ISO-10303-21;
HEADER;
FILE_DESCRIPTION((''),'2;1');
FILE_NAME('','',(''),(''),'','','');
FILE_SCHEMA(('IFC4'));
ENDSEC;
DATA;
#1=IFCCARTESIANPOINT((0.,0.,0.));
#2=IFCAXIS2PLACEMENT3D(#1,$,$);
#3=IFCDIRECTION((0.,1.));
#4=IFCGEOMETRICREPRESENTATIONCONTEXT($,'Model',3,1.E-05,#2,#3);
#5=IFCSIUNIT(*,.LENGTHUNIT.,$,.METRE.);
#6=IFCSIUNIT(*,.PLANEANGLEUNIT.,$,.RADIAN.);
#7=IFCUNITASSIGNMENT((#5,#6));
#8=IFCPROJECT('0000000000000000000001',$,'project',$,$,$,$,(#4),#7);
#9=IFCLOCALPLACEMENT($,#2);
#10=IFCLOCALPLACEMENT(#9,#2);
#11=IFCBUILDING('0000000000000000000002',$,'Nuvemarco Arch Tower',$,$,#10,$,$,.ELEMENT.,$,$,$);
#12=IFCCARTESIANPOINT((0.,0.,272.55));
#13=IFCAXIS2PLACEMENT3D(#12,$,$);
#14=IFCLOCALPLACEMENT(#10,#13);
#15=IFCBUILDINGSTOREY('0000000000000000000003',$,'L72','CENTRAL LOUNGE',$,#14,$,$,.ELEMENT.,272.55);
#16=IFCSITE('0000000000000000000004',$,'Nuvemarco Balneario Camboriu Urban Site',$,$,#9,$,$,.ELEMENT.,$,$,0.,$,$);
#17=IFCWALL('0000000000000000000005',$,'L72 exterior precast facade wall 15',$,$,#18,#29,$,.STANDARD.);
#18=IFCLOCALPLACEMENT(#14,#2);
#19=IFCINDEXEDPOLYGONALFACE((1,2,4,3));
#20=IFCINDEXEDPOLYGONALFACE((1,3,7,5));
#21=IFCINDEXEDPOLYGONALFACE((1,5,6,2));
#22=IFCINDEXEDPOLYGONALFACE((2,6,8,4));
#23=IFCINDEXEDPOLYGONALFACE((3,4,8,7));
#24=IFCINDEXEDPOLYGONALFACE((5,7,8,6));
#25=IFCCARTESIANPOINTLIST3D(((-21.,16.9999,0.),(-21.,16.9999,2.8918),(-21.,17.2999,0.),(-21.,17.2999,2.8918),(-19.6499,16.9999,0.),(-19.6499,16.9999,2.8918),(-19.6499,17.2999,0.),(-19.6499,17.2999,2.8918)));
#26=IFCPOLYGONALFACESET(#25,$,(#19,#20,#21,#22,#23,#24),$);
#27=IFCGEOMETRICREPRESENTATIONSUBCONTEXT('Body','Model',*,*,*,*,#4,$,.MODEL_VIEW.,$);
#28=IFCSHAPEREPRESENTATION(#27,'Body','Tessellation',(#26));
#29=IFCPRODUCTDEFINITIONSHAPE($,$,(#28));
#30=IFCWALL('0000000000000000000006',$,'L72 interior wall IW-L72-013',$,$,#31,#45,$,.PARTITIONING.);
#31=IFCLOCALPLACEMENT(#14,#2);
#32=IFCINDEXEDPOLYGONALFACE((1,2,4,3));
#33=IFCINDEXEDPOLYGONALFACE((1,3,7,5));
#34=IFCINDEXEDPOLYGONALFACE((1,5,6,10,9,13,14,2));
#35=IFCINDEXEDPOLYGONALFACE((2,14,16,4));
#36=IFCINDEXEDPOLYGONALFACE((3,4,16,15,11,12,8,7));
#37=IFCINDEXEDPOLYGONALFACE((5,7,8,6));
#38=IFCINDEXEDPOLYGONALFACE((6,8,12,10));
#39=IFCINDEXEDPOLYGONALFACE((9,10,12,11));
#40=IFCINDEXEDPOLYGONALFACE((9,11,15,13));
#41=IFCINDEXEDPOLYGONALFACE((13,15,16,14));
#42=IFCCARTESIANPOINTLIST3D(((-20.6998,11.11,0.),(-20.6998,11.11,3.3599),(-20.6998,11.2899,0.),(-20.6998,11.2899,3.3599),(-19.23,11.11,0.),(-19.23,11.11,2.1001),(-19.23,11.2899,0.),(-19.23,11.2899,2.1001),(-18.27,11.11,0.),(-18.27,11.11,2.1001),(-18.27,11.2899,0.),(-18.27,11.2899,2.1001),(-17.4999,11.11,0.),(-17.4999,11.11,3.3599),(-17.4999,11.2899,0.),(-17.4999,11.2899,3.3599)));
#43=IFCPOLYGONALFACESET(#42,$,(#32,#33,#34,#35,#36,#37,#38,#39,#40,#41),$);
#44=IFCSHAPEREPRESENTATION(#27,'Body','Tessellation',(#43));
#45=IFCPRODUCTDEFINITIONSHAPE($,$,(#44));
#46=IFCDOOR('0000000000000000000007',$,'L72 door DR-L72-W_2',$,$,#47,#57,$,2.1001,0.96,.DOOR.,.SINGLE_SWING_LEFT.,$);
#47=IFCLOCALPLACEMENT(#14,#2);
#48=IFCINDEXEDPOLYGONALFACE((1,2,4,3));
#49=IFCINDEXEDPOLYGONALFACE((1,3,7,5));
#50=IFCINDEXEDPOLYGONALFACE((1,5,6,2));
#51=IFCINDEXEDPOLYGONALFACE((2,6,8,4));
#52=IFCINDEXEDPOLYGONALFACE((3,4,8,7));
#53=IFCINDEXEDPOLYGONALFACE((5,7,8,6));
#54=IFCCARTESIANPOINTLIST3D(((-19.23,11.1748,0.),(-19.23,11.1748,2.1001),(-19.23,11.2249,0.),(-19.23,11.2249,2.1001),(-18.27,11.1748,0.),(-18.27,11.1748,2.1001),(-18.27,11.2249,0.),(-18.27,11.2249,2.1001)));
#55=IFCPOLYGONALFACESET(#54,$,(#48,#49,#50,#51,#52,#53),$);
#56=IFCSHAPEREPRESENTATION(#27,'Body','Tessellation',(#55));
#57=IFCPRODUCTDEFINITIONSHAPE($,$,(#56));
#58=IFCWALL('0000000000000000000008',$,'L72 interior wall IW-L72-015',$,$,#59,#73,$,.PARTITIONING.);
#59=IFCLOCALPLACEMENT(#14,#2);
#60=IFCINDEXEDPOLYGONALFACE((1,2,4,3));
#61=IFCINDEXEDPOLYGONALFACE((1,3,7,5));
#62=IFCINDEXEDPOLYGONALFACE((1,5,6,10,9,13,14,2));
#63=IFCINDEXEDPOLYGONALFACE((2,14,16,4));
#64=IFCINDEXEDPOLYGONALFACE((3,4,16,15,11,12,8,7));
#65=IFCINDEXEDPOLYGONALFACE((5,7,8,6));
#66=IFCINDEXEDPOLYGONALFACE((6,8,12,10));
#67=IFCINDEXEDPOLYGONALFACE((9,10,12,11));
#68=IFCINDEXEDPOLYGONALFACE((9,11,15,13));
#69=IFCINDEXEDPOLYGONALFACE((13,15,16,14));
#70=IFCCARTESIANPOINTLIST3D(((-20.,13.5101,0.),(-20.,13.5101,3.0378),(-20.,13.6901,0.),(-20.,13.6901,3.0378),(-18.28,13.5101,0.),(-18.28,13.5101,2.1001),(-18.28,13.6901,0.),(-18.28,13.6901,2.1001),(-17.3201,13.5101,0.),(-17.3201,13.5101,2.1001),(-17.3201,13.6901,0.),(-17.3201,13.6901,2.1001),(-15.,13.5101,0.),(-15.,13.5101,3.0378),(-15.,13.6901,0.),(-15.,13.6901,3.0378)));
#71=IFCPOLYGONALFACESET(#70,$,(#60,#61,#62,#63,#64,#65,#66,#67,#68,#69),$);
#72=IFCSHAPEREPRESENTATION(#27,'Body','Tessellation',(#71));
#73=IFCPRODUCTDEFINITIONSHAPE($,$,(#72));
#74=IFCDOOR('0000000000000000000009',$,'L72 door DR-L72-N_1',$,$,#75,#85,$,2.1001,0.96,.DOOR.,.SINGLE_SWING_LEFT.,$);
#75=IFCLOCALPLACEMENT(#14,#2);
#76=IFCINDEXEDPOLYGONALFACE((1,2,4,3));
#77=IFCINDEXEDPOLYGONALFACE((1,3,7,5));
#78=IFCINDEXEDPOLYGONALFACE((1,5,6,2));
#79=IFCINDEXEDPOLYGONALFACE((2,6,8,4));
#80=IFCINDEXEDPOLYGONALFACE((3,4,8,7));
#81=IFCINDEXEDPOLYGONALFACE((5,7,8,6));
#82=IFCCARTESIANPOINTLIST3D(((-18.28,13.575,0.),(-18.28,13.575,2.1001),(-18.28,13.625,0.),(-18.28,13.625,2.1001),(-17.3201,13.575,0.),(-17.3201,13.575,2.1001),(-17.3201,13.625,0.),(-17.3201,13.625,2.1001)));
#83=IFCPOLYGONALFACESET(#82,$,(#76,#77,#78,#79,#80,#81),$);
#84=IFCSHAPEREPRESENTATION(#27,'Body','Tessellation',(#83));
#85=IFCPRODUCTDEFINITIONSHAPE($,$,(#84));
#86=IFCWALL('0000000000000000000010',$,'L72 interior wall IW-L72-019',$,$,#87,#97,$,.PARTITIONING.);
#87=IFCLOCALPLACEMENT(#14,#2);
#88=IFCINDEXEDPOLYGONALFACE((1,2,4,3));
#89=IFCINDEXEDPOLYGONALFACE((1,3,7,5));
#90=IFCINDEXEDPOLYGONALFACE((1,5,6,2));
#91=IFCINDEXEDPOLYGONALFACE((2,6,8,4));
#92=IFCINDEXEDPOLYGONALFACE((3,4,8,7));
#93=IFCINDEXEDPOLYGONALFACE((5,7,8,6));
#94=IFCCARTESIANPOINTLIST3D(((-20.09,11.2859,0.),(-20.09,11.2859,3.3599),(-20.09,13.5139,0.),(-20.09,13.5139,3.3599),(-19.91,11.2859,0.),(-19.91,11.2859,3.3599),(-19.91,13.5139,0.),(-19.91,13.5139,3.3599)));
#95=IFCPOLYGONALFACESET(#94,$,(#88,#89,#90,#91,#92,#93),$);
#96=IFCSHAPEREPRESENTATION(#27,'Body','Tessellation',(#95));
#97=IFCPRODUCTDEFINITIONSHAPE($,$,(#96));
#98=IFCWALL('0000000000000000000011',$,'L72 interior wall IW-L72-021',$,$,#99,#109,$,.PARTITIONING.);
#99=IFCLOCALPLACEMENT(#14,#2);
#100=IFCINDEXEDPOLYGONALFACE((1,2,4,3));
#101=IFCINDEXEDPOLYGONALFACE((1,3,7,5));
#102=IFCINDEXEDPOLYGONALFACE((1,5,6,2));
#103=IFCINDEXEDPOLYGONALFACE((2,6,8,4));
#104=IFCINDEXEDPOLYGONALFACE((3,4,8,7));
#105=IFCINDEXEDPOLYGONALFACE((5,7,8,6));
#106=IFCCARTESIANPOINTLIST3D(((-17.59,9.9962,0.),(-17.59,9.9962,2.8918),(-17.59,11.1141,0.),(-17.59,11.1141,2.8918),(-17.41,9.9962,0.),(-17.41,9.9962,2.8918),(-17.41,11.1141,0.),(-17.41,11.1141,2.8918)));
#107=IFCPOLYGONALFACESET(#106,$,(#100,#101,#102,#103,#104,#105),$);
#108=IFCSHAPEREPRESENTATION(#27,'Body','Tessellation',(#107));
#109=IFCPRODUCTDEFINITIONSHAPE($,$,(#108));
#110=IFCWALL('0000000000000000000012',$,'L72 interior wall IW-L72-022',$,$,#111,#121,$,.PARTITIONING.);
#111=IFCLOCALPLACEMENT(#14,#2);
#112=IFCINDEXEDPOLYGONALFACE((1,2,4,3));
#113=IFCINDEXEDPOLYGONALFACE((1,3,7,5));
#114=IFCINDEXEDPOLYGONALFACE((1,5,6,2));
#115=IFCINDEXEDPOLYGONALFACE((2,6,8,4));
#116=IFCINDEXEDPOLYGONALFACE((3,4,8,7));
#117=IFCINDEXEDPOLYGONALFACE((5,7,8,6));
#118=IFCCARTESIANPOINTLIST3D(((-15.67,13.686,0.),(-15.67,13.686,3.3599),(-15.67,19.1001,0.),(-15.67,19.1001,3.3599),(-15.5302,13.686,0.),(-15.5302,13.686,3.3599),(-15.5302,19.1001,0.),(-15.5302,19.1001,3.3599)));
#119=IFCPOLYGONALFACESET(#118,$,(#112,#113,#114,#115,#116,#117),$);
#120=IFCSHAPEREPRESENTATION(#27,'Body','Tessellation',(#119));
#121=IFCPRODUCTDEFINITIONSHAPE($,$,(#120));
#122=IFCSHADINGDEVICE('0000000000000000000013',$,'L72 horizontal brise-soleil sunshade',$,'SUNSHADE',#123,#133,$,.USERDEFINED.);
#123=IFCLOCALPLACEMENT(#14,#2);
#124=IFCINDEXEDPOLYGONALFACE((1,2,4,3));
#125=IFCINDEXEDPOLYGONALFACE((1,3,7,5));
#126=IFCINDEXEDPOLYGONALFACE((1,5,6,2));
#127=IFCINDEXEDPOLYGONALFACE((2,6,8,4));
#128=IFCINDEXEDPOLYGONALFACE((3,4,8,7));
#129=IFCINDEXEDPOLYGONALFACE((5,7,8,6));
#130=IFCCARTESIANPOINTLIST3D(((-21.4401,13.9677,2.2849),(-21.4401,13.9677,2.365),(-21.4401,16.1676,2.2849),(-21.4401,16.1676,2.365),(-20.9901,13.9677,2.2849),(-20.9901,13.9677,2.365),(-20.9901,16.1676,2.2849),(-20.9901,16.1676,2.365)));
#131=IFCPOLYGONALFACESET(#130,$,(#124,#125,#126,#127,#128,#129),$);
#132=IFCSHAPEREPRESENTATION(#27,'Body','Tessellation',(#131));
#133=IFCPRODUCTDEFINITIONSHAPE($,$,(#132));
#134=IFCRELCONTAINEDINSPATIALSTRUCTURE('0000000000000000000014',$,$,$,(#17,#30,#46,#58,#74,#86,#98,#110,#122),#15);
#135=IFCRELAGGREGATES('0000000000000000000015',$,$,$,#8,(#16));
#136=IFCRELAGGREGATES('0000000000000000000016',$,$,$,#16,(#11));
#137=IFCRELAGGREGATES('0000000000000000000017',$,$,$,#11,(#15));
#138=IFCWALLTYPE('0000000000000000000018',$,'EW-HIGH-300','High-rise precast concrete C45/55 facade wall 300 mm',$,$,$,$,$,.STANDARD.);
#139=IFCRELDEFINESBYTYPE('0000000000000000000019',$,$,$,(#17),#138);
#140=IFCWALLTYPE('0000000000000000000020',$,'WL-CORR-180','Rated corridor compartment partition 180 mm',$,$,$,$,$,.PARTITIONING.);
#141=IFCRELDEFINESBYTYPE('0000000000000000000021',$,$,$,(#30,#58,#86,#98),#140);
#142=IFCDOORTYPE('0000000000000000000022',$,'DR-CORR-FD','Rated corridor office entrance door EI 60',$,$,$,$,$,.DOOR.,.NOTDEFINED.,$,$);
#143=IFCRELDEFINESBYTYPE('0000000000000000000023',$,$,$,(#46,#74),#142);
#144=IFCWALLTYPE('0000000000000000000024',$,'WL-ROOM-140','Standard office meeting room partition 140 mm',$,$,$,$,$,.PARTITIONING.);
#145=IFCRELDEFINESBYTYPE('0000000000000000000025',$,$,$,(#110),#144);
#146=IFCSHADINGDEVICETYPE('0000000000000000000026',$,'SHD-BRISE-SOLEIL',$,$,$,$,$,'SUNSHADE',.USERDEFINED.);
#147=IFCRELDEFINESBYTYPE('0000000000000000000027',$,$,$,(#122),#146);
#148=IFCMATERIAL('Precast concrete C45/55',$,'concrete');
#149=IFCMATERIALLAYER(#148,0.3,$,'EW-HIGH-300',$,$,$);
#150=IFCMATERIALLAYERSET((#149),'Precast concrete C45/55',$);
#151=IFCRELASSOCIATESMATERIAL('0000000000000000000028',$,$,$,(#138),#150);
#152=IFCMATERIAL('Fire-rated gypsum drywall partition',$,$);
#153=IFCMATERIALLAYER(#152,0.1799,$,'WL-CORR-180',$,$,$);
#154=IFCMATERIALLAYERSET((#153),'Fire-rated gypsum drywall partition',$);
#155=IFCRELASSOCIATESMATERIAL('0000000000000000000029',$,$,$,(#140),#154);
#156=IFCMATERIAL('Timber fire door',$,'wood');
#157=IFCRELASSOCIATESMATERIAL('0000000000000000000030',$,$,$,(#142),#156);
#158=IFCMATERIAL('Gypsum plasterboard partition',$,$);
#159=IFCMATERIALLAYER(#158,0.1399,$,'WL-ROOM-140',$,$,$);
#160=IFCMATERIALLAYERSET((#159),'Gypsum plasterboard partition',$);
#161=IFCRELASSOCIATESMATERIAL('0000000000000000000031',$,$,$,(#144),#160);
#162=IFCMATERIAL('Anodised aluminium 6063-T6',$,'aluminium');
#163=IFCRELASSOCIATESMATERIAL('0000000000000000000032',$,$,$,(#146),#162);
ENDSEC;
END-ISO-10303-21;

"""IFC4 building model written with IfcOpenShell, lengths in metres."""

from ifc_helpers import new_model, si_unit, direction, frame, frame_2d, origin, origin_2d, place, context, subcontext, project, spatial, rectangle, extrude, source, transform, mapped, material, layer, layer_set, type_object, type_shapes, element, fill, save


model = new_model("IFC4")

# Units and contexts
model_context = context("Model", 3, precision=1e-05, world=origin(), true_north=direction((0.0, 1.0)))
body_context = subcontext(model_context, "Body", "Model", "MODEL_VIEW")
ifc_project = project(units=[si_unit("LENGTHUNIT", "METRE"), si_unit("PLANEANGLEUNIT", "RADIAN")], contexts=[model_context])

# Site, building, storey
site_placement = place(None, origin())
site = spatial("IfcSite", under=ifc_project, at=site_placement, Name="Nuvemarco Balneario Camboriu Urban Site", CompositionType="ELEMENT", RefElevation=0.0)
building_placement = place(site_placement, origin())
building = spatial("IfcBuilding", under=site, at=building_placement, Name="Nuvemarco Arch Tower", CompositionType="ELEMENT")
storey_placement = place(building_placement, frame((0.0, 0.0, 272.55)))
storey = spatial("IfcBuildingStorey", under=building, at=storey_placement, Name="L72", Description="CENTRAL LOUNGE", CompositionType="ELEMENT", Elevation=272.55)

# Shared definitions
ifc_material_1 = material(Name="Precast concrete C45/55", Category="concrete")
ifc_layer_1 = layer(ifc_material_1, 0.3, Name="EW-HIGH-300")
ifc_layer_set_1 = layer_set([ifc_layer_1], Name="Precast concrete C45/55")
wall_type_1 = type_object("IfcWallType", Name="EW-HIGH-300", Description="High-rise precast concrete C45/55 facade wall 300 mm", PredefinedType="STANDARD", material=ifc_layer_set_1)

# Wall
wall_1_placement = place(storey_placement, frame((-21.0, 17.1499, 0.0), z_axis=(0.0, 0.0, 1.0), x_axis=(1.0, 0.0, 0.0)))
element("IfcWall", 1, at=wall_1_placement, inside=storey, type_object=wall_type_1, Name="L72 exterior precast facade wall 15", PredefinedType="STANDARD", context=body_context, shape_type="SweptSolid", body=[
    extrude(rectangle(XDim=1.3501, YDim=0.3, at=frame_2d((0.675, 0.0))), origin(), (0.0, 0.0, 1.0), 2.8918),
])

# Walls, openings, doors
ifc_material_2 = material(Name="Fire-rated gypsum drywall partition")
ifc_layer_2 = layer(ifc_material_2, 0.1799, Name="WL-CORR-180")
ifc_layer_set_2 = layer_set([ifc_layer_2], Name="Fire-rated gypsum drywall partition")
wall_type_2 = type_object("IfcWallType", Name="WL-CORR-180", Description="Rated corridor compartment partition 180 mm", PredefinedType="PARTITIONING", material=ifc_layer_set_2)
wall_2_placement = place(storey_placement, frame((-20.7, 11.2, 0.0), z_axis=(0.0, 0.0, 1.0), x_axis=(1.0, 0.0, 0.0)))
wall_2 = element("IfcWall", 2, at=wall_2_placement, inside=storey, type_object=wall_type_2, Name="L72 interior wall IW-L72-013", PredefinedType="PARTITIONING", context=body_context, shape_type="SweptSolid", body=[
    extrude(rectangle(XDim=3.2, YDim=0.1799, at=frame_2d((1.6001, 0.0))), origin(), (0.0, 0.0, 1.0), 3.3599),
])
opening_1_placement = place(wall_2_placement, frame((1.47, 0.0, 0.0)))
opening_1 = element("IfcOpeningElement", 3, at=opening_1_placement, cuts=wall_2, PredefinedType="OPENING", context=body_context, shape_type="SweptSolid", body=[
    extrude(rectangle(XDim=0.96, YDim=2.1001, at=frame_2d((0.48, 1.05))), frame((0.0, 0.0999, 0.0), z_axis=(0.0, -1.0, 0.0), x_axis=(1.0, 0.0, 0.0)), (0.0, 0.0, 1.0), 0.2),
])
ifc_material_3 = material(Name="Timber fire door", Category="wood")
door_type_1 = type_object("IfcDoorType", Name="DR-CORR-FD", Description="Rated corridor office entrance door EI 60", OperationType="NOTDEFINED", PredefinedType="DOOR", material=ifc_material_3)
shared_shape_1 = source(origin(), body_context, "Body", "SweptSolid", [
    extrude(rectangle(XDim=0.96, YDim=2.1001, at=frame_2d((0.48, 1.05))), frame((0.0, 0.0249, 0.0), z_axis=(0.0, -1.0, 0.0), x_axis=(1.0, 0.0, 0.0)), (0.0, 0.0, 1.0), 0.05),
])
type_shapes(door_type_1, [shared_shape_1])
door_1_placement = place(opening_1_placement, origin())
door_1 = element("IfcDoor", 4, at=door_1_placement, inside=storey, type_object=door_type_1, Name="L72 door DR-L72-W_2", OperationType="SINGLE_SWING_LEFT", OverallHeight=2.1001, OverallWidth=0.96, PredefinedType="DOOR", context=body_context, shape_type="MappedRepresentation", body=[
    mapped(shared_shape_1, transform((0.0, 0.0, 0.0), scale=1.0)),
])
fill(opening_1, door_1)
wall_3_placement = place(storey_placement, frame((-20.0, 13.6001, 0.0), z_axis=(0.0, 0.0, 1.0), x_axis=(1.0, 0.0, 0.0)))
wall_3 = element("IfcWall", 5, at=wall_3_placement, inside=storey, type_object=wall_type_2, Name="L72 interior wall IW-L72-015", PredefinedType="PARTITIONING", context=body_context, shape_type="SweptSolid", body=[
    extrude(rectangle(XDim=5.0, YDim=0.1799, at=frame_2d((2.5, 0.0))), origin(), (0.0, 0.0, 1.0), 3.0378),
])
opening_2_placement = place(wall_3_placement, frame((1.72, 0.0, 0.0)))
opening_2 = element("IfcOpeningElement", 6, at=opening_2_placement, cuts=wall_3, PredefinedType="OPENING", context=body_context, shape_type="SweptSolid", body=[
    extrude(rectangle(XDim=0.96, YDim=2.1001, at=frame_2d((0.48, 1.05))), frame((0.0, 0.0999, 0.0), z_axis=(0.0, -1.0, 0.0), x_axis=(1.0, 0.0, 0.0)), (0.0, 0.0, 1.0), 0.2),
])
door_2_placement = place(opening_2_placement, origin())
door_2 = element("IfcDoor", 7, at=door_2_placement, inside=storey, type_object=door_type_1, Name="L72 door DR-L72-N_1", OperationType="SINGLE_SWING_LEFT", OverallHeight=2.1001, OverallWidth=0.96, PredefinedType="DOOR", context=body_context, shape_type="MappedRepresentation", body=[
    mapped(shared_shape_1, transform((0.0, 0.0, 0.0), scale=1.0)),
])
fill(opening_2, door_2)

# Walls
wall_4_placement = place(storey_placement, frame((-20.0, 11.2859, 0.0), z_axis=(0.0, 0.0, 1.0), x_axis=(0.0, 1.0, 0.0)))
element("IfcWall", 8, at=wall_4_placement, inside=storey, type_object=wall_type_2, Name="L72 interior wall IW-L72-019", PredefinedType="PARTITIONING", context=body_context, shape_type="SweptSolid", body=[
    extrude(rectangle(XDim=2.228, YDim=0.1799, at=frame_2d((1.114, 0.0))), origin(), (0.0, 0.0, 1.0), 3.3599),
])
wall_5_placement = place(storey_placement, frame((-17.5, 9.9961, 0.0), z_axis=(0.0, 0.0, 1.0), x_axis=(0.0, 1.0, 0.0)))
element("IfcWall", 9, at=wall_5_placement, inside=storey, type_object=wall_type_2, Name="L72 interior wall IW-L72-021", PredefinedType="PARTITIONING", context=body_context, shape_type="SweptSolid", body=[
    extrude(rectangle(XDim=1.1179, YDim=0.1799, at=frame_2d((0.5591, 0.0))), origin(), (0.0, 0.0, 1.0), 2.8918),
])
ifc_material_4 = material(Name="Gypsum plasterboard partition")
ifc_layer_3 = layer(ifc_material_4, 0.1399, Name="WL-ROOM-140")
ifc_layer_set_3 = layer_set([ifc_layer_3], Name="Gypsum plasterboard partition")
wall_type_3 = type_object("IfcWallType", Name="WL-ROOM-140", Description="Standard office meeting room partition 140 mm", PredefinedType="PARTITIONING", material=ifc_layer_set_3)
wall_6_placement = place(storey_placement, frame((-15.6001, 13.686, 0.0), z_axis=(0.0, 0.0, 1.0), x_axis=(0.0, 1.0, 0.0)))
element("IfcWall", 10, at=wall_6_placement, inside=storey, type_object=wall_type_3, Name="L72 interior wall IW-L72-022", PredefinedType="PARTITIONING", context=body_context, shape_type="SweptSolid", body=[
    extrude(rectangle(XDim=5.4141, YDim=0.1399, at=frame_2d((2.707, 0.0))), origin(), (0.0, 0.0, 1.0), 3.3599),
])

# Shading device
ifc_material_5 = material(Name="Anodised aluminium 6063-T6", Category="aluminium")
shading_device_type = type_object("IfcShadingDeviceType", Name="SHD-BRISE-SOLEIL", ElementType="SUNSHADE", PredefinedType="USERDEFINED", material=ifc_material_5)
shared_shape_2 = source(origin(), body_context, "Body", "SweptSolid", [
    extrude(rectangle(XDim=2.2, YDim=0.45, at=origin_2d()), origin(), (0.0, 0.0, 1.0), 0.0801),
])
type_shapes(shading_device_type, [shared_shape_2])
shading_device_placement = place(storey_placement, frame((-21.2151, 15.0676, 2.2849), z_axis=(0.0, 0.0, 1.0), x_axis=(0.0, 1.0, 0.0)))
element("IfcShadingDevice", 11, at=shading_device_placement, inside=storey, type_object=shading_device_type, Name="L72 horizontal brise-soleil sunshade", ObjectType="SUNSHADE", PredefinedType="USERDEFINED", context=body_context, shape_type="MappedRepresentation", body=[
    mapped(shared_shape_2, transform((0.0, 0.0, 0.0), scale=1.0)),
])

save(model, "model.ifc")
